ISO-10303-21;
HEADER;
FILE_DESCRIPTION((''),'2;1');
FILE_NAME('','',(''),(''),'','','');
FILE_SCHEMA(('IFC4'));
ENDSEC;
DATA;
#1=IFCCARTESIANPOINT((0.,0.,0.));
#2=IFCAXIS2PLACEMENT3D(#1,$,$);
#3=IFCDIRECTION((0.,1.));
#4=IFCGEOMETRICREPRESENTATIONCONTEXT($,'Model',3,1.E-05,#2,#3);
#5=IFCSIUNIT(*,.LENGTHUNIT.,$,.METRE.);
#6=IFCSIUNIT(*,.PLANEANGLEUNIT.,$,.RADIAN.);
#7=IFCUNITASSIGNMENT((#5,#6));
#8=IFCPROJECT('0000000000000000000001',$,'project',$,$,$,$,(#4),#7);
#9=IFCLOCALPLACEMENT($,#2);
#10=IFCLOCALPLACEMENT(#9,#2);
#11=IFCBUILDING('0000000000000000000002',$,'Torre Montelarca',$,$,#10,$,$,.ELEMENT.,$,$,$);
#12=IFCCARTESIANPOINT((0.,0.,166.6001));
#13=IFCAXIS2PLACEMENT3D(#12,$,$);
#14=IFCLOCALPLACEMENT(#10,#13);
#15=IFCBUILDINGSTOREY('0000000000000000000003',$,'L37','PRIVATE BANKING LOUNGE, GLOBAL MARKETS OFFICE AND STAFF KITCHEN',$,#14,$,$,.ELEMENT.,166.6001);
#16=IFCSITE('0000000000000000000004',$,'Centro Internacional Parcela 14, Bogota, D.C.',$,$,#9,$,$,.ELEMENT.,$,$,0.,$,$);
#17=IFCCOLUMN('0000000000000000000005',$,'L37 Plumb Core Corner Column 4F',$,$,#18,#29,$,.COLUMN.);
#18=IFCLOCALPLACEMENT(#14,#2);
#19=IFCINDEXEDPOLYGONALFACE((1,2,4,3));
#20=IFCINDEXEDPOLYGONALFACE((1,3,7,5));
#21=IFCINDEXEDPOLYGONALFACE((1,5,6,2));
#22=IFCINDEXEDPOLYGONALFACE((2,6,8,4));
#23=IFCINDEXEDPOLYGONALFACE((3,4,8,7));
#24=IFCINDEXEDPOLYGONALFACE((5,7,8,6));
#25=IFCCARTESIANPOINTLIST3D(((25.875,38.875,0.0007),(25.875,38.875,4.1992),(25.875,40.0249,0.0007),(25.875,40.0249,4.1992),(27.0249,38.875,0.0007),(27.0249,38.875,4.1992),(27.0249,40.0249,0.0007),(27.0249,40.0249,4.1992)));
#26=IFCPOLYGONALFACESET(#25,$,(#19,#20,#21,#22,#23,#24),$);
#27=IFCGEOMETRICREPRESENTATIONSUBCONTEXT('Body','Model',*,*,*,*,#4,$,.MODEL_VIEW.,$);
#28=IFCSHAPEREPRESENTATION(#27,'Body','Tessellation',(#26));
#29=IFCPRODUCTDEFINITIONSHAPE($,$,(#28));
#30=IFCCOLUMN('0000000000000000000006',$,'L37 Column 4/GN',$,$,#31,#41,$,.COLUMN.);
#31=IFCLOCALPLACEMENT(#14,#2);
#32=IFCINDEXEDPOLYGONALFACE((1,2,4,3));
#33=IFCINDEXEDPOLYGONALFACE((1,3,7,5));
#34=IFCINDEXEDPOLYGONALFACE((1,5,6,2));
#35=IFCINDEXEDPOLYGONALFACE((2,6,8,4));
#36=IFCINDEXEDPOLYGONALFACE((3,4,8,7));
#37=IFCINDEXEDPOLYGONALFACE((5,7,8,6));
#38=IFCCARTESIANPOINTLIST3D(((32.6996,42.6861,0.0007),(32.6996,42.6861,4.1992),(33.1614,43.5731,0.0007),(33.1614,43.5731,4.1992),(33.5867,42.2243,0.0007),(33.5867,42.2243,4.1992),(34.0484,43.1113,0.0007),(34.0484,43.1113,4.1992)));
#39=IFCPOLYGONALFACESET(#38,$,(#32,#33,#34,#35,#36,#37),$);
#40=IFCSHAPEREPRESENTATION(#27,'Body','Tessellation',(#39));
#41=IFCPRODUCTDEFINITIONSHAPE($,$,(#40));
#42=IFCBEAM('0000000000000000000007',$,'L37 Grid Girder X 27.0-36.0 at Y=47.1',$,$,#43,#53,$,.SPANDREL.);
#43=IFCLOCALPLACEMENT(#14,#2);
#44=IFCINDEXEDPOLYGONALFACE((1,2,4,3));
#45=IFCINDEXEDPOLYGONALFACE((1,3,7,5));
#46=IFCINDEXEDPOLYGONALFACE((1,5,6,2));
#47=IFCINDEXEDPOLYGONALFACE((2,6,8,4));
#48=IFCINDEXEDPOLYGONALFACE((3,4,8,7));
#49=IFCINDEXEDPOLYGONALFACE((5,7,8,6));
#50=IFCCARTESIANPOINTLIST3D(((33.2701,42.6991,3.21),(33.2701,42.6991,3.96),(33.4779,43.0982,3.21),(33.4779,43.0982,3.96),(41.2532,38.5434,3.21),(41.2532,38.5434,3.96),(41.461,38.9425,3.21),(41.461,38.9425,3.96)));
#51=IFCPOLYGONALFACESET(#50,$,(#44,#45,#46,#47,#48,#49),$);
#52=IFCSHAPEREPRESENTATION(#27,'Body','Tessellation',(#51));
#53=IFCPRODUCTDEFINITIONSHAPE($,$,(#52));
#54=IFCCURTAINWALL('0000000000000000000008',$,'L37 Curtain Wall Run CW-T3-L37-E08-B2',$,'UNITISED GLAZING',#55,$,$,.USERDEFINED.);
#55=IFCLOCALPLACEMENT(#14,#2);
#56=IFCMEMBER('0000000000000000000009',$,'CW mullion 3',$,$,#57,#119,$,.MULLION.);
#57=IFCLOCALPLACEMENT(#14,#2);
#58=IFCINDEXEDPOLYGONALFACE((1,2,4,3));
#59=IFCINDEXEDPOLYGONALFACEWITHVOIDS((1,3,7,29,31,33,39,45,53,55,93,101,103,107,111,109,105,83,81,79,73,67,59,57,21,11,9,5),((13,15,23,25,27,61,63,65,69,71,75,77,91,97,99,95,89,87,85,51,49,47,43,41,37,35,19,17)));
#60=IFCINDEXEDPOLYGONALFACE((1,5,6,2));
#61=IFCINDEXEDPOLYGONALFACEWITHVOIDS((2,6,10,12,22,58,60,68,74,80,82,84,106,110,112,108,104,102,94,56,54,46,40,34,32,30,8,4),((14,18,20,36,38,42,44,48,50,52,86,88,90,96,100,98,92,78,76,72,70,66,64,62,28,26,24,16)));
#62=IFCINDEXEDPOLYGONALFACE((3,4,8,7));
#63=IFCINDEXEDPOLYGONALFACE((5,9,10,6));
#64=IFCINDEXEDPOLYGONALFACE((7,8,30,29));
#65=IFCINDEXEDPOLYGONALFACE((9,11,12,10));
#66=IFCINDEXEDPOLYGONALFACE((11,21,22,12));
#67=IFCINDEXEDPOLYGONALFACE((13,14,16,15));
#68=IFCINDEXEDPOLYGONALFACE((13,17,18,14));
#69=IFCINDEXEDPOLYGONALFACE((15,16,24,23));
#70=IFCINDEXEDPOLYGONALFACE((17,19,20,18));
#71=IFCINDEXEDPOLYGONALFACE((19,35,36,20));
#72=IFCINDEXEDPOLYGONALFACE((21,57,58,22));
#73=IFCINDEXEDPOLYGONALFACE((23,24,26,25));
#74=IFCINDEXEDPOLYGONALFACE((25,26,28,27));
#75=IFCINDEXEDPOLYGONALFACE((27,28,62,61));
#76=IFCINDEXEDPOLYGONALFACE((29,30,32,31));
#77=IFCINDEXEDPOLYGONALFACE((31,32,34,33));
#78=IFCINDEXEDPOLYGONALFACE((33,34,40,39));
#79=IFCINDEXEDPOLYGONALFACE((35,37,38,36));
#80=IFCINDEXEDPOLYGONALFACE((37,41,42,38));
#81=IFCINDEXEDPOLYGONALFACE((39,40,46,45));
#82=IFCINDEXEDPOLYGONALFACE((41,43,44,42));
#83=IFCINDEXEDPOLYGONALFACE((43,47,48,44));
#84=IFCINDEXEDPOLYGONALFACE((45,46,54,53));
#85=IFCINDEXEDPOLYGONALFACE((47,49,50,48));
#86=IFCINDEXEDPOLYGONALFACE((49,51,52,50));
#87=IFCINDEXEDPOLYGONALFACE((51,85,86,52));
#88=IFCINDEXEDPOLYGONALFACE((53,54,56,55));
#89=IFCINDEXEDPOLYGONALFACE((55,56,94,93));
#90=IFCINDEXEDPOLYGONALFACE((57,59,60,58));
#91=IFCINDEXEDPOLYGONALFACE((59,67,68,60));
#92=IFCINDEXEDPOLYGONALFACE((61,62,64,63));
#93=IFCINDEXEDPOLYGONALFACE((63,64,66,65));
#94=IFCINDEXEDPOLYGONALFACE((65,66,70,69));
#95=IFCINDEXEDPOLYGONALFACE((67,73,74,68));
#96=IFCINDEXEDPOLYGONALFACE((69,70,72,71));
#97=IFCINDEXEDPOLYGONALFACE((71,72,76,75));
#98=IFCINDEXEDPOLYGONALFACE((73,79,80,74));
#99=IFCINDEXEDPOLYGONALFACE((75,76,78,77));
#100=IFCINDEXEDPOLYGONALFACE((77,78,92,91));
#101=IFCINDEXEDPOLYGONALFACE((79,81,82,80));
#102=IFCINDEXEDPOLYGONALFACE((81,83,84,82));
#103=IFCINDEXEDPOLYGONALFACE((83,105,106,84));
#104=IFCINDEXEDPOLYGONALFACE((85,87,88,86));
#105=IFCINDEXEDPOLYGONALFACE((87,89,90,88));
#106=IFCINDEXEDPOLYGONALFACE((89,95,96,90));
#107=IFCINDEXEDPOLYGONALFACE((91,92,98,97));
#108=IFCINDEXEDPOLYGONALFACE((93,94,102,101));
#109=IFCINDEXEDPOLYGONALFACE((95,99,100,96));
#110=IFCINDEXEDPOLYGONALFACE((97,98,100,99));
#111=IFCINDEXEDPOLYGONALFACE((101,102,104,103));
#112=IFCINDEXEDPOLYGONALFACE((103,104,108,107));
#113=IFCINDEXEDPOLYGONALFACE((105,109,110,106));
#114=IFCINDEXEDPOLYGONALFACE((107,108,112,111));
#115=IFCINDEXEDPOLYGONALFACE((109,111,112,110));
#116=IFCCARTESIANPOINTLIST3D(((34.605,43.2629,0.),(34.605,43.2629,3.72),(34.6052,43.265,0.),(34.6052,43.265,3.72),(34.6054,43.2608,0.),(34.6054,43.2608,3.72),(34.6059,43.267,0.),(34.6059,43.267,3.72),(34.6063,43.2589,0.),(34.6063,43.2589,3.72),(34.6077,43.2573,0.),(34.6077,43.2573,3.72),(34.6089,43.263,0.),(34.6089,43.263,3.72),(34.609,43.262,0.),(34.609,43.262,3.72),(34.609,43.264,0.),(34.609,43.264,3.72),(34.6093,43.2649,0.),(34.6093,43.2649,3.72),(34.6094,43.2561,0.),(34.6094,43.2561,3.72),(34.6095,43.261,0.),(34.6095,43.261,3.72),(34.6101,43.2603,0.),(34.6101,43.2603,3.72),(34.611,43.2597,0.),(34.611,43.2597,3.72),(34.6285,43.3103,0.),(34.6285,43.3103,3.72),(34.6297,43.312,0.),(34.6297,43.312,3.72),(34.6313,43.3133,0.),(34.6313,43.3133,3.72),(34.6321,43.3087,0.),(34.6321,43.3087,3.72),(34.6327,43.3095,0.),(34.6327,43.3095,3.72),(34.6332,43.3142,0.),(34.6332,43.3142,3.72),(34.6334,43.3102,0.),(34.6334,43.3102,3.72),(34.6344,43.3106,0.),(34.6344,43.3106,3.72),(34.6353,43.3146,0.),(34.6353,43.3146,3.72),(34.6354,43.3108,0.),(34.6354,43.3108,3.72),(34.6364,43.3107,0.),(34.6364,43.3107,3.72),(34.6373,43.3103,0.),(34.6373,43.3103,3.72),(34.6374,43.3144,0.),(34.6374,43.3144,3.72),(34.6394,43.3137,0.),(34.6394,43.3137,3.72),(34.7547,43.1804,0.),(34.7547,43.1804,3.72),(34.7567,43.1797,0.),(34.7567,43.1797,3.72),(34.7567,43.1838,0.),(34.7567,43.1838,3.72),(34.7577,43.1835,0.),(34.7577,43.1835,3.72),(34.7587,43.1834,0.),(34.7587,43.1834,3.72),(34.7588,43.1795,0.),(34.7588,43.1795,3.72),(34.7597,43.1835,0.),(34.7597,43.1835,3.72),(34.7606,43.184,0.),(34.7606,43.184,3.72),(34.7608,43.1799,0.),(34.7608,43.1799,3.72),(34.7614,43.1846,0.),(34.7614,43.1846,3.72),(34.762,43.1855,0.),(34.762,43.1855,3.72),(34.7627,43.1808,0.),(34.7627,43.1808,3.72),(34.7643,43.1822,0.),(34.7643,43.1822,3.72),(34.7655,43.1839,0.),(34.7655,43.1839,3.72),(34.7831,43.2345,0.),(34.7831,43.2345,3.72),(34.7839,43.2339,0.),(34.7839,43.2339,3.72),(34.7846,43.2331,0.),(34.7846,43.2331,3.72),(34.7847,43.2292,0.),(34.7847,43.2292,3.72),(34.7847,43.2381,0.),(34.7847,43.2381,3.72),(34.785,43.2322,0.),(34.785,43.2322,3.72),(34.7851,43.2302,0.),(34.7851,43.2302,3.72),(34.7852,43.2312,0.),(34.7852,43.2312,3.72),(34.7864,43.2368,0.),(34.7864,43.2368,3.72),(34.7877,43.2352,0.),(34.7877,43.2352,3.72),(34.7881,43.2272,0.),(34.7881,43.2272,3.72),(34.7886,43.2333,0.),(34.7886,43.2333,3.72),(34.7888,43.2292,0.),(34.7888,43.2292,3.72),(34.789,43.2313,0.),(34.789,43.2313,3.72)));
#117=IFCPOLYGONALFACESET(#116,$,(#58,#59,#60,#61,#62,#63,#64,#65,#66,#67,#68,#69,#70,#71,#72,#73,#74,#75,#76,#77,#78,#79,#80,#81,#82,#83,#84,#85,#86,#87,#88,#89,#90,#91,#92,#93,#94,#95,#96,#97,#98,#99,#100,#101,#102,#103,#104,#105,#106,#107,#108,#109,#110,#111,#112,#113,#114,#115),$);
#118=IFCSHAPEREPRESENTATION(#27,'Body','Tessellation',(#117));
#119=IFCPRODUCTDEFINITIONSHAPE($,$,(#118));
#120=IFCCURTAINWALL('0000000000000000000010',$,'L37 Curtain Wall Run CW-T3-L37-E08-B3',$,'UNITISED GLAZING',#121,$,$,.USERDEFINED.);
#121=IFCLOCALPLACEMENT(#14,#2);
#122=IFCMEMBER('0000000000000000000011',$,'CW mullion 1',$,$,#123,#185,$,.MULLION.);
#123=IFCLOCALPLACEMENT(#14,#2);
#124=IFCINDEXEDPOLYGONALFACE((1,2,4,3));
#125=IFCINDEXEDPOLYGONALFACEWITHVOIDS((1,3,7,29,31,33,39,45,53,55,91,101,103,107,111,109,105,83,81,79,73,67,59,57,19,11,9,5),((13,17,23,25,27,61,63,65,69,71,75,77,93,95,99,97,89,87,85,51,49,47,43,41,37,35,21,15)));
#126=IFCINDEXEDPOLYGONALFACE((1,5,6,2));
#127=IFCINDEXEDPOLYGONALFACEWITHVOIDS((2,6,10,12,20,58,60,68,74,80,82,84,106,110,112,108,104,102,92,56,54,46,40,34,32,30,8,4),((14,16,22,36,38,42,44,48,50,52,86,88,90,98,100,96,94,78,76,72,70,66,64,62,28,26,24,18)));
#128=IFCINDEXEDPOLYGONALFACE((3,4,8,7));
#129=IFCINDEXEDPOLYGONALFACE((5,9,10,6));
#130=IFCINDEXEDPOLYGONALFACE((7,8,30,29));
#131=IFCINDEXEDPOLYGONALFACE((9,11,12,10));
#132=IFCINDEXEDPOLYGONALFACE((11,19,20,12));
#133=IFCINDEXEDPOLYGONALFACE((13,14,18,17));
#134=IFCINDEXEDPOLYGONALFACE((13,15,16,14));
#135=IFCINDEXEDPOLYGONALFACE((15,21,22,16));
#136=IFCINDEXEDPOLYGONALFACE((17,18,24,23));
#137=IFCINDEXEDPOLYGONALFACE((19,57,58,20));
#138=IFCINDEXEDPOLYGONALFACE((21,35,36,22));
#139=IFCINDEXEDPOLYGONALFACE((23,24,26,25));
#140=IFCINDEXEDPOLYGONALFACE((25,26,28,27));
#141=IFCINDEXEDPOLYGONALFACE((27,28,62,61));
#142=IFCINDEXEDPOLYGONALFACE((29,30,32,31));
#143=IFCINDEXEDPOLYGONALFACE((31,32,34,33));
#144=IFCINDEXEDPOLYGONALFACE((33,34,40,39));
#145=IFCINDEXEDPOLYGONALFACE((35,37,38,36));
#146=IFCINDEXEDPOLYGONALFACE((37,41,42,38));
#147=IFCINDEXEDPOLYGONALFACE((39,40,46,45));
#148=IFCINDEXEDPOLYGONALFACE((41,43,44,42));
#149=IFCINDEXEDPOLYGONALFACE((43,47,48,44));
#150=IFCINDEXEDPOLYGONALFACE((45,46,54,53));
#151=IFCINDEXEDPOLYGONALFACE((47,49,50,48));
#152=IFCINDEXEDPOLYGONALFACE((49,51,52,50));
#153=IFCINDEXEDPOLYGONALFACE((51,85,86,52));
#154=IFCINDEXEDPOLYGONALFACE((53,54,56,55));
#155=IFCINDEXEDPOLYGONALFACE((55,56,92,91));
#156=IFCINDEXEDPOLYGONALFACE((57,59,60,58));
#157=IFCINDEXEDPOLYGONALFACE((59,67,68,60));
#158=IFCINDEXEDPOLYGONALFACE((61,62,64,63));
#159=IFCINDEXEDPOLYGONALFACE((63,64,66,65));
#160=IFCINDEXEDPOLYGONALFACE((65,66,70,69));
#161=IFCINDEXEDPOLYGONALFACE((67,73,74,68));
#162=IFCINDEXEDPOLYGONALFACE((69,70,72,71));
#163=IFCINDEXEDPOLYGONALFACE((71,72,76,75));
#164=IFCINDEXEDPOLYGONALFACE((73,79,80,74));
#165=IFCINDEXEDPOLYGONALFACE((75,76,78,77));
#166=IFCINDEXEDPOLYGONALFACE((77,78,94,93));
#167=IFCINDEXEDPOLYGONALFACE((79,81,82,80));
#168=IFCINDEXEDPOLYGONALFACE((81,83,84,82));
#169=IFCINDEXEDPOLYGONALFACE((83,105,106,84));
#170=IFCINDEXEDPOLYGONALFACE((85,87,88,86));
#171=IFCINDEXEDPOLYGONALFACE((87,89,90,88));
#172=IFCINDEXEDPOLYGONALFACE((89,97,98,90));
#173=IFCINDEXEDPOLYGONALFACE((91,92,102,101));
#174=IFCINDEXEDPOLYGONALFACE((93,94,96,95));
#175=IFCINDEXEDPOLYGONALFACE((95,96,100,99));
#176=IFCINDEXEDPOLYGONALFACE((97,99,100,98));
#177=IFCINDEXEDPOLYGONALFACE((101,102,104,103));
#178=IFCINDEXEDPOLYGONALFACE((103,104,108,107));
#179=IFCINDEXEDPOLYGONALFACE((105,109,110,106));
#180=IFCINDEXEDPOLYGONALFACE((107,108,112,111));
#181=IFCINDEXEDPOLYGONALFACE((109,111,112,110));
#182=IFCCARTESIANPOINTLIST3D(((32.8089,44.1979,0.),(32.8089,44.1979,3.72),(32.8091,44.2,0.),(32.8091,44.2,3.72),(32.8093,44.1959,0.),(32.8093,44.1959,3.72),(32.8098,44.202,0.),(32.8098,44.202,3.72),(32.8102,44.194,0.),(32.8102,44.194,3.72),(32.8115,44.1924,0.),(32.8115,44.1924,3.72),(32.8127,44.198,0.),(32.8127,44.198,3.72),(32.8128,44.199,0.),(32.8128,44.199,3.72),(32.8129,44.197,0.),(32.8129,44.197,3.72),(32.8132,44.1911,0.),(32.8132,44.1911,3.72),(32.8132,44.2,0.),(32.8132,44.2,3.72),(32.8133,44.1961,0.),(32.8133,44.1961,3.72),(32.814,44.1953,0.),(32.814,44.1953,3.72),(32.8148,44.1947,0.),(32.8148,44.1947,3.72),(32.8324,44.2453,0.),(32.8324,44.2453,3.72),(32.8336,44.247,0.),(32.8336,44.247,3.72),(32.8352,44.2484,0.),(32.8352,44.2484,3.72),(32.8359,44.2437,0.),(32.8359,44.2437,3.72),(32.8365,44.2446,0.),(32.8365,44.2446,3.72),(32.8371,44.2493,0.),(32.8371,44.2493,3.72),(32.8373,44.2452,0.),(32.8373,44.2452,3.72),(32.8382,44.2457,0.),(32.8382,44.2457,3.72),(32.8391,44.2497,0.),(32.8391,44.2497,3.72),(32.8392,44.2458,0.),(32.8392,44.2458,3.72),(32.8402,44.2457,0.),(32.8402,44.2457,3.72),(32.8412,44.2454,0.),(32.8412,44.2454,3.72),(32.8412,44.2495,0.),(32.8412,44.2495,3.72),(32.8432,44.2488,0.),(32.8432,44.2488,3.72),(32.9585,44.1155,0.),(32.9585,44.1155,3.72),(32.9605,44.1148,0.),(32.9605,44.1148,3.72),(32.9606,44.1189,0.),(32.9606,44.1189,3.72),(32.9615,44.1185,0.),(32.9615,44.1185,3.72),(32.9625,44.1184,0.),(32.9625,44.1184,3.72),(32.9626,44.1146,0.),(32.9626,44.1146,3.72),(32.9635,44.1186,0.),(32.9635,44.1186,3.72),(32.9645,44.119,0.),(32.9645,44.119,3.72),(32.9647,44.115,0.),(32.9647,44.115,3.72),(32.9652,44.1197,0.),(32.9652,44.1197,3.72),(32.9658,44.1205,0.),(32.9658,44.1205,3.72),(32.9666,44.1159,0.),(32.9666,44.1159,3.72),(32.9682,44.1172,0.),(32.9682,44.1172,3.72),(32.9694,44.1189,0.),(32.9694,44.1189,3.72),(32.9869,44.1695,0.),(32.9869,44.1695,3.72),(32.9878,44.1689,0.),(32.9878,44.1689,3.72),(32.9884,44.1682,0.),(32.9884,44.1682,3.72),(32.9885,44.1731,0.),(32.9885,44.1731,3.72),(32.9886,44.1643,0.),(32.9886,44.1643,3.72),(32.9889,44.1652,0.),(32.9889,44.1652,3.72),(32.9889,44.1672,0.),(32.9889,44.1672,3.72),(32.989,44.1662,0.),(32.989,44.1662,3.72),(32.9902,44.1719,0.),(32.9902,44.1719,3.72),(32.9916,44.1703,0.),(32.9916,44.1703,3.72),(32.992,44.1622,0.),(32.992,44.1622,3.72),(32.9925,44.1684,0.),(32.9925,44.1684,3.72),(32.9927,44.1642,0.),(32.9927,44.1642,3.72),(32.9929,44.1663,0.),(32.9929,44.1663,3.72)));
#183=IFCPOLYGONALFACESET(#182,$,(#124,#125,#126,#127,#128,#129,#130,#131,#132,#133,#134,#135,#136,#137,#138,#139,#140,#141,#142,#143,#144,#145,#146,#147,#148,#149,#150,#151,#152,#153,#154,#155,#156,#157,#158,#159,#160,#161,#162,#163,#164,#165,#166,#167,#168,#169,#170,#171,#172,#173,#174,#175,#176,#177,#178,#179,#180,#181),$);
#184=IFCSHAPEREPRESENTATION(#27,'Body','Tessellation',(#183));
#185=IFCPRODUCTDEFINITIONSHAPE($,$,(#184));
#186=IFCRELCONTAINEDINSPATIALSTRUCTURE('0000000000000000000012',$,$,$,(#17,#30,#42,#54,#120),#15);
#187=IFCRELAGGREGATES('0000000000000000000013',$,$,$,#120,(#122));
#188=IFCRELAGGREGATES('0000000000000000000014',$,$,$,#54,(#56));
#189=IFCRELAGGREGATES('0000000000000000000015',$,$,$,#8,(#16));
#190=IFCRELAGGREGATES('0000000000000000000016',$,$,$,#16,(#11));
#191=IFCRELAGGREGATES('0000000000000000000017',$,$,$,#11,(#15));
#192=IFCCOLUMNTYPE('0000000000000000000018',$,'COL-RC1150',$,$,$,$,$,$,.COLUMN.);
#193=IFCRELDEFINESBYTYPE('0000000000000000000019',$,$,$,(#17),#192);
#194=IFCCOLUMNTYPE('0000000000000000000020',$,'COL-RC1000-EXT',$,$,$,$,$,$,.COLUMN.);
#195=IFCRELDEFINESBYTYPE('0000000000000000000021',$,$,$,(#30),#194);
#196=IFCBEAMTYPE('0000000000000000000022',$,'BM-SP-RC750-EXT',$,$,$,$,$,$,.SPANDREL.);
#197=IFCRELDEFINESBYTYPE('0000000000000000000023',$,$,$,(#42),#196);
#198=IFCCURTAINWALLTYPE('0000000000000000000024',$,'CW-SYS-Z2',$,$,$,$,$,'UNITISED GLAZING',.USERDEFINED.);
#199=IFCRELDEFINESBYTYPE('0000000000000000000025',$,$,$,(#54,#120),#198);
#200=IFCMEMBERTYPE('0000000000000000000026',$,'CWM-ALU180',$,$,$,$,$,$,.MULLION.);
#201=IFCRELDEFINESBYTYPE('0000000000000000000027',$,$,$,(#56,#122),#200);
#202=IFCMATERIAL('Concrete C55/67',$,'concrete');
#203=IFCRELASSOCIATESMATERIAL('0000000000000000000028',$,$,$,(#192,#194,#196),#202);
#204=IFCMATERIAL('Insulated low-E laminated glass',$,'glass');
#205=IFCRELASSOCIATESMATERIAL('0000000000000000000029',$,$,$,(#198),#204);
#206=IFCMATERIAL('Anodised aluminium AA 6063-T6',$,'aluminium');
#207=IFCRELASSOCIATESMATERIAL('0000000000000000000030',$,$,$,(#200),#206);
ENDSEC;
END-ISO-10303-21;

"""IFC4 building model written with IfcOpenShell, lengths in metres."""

from ifc_helpers import new_model, si_unit, direction, frame, origin, origin_2d, place, context, subcontext, project, spatial, rectangle, hollow_rectangle, extrude, source, transform, mapped, material, material_profile, profile_set, type_object, element, aggregate, save


model = new_model("IFC4")

# Units and contexts
model_context = context("Model", 3, precision=1e-05, world=origin(), true_north=direction((0.0, 1.0)))
body_context = subcontext(model_context, "Body", "Model", "MODEL_VIEW")
ifc_project = project(units=[si_unit("LENGTHUNIT", "METRE"), si_unit("PLANEANGLEUNIT", "RADIAN")], contexts=[model_context])

# Site, building, storey
site_placement = place(None, origin())
site = spatial("IfcSite", under=ifc_project, at=site_placement, Name="Centro Internacional Parcela 14, Bogota, D.C.", CompositionType="ELEMENT", RefElevation=0.0)
building_placement = place(site_placement, origin())
building = spatial("IfcBuilding", under=site, at=building_placement, Name="Torre Montelarca", CompositionType="ELEMENT")
storey_placement = place(building_placement, frame((0.0, 0.0, 166.6001)))
storey = spatial("IfcBuildingStorey", under=building, at=storey_placement, Name="L37", Description="PRIVATE BANKING LOUNGE, GLOBAL MARKETS OFFICE AND STAFF KITCHEN", CompositionType="ELEMENT", Elevation=166.6001)

# Columns
ifc_material_1 = material(Name="Concrete C55/67", Category="concrete")
ifc_material_profile_1 = material_profile(ifc_material_1, rectangle(XDim=1.1499, YDim=1.1499, at=origin_2d()), Name="RC1150X1150", Category="concrete")
ifc_profile_set_1 = profile_set([ifc_material_profile_1], Name="Concrete C55/67")
column_type_1 = type_object("IfcColumnType", Name="COL-RC1150", PredefinedType="COLUMN", material=ifc_profile_set_1)
shared_shape_1 = source(origin(), body_context, "Body", "SweptSolid", [
    extrude(rectangle(XDim=1.1499, YDim=1.1499, at=origin_2d()), origin(), (0.0, 0.0, 1.0), 4.1985),
])
column_1_placement = place(storey_placement, frame((26.45, 39.45, 0.0007), z_axis=(0.0, 0.0, 1.0), x_axis=(1.0, 0.0, 0.0)))
element("IfcColumn", 1, at=column_1_placement, inside=storey, type_object=column_type_1, Name="L37 Plumb Core Corner Column 4F", PredefinedType="COLUMN", context=body_context, shape_type="MappedRepresentation", body=[
    mapped(shared_shape_1, transform((0.0, 0.0, 0.0), scale=1.0)),
])
ifc_material_profile_2 = material_profile(ifc_material_1, rectangle(XDim=1.0, YDim=1.0, at=origin_2d()), Name="RC1000X1000", Category="concrete")
ifc_profile_set_2 = profile_set([ifc_material_profile_2], Name="Concrete C55/67")
column_type_2 = type_object("IfcColumnType", Name="COL-RC1000-EXT", PredefinedType="COLUMN", material=ifc_profile_set_2)
shared_shape_2 = source(origin(), body_context, "Body", "SweptSolid", [
    extrude(rectangle(XDim=1.0, YDim=1.0, at=origin_2d()), origin(), (0.0, 0.0, 1.0), 4.1985),
])
column_2_placement = place(storey_placement, frame((33.374, 42.8987, 0.0007), z_axis=(0.0, 0.0, 1.0), x_axis=(-0.887011, 0.461749, 0.0)))
element("IfcColumn", 2, at=column_2_placement, inside=storey, type_object=column_type_2, Name="L37 Column 4/GN", PredefinedType="COLUMN", context=body_context, shape_type="MappedRepresentation", body=[
    mapped(shared_shape_2, transform((0.0, 0.0, 0.0), scale=1.0)),
])

# Beam
ifc_material_profile_3 = material_profile(ifc_material_1, rectangle(XDim=0.45, YDim=0.75, at=origin_2d()), Name="RCB450X750", Category="concrete")
ifc_profile_set_3 = profile_set([ifc_material_profile_3], Name="Concrete C55/67")
beam_type = type_object("IfcBeamType", Name="BM-SP-RC750-EXT", PredefinedType="SPANDREL", material=ifc_profile_set_3)
shared_shape_3 = source(origin(), body_context, "Body", "SweptSolid", [
    extrude(rectangle(XDim=0.45, YDim=0.75, at=origin_2d()), origin(), (0.0, 0.0, 1.0), 9.0),
])
beam_placement = place(storey_placement, frame((33.374, 42.8987, 3.585), z_axis=(0.887011, -0.461748, 0.0), x_axis=(0.461748, 0.887011, 0.0)))
element("IfcBeam", 3, at=beam_placement, inside=storey, type_object=beam_type, Name="L37 Grid Girder X 27.0-36.0 at Y=47.1", PredefinedType="SPANDREL", context=body_context, shape_type="MappedRepresentation", body=[
    mapped(shared_shape_3, transform((0.0, 0.0, 0.0), scale=1.0)),
])

# Curtain walls, members
ifc_material_2 = material(Name="Insulated low-E laminated glass", Category="glass")
curtain_wall_type = type_object("IfcCurtainWallType", Name="CW-SYS-Z2", ElementType="UNITISED GLAZING", PredefinedType="USERDEFINED", material=ifc_material_2)
curtain_wall_1_placement = place(storey_placement, origin())
curtain_wall_1 = element("IfcCurtainWall", 4, at=curtain_wall_1_placement, inside=storey, type_object=curtain_wall_type, Name="L37 Curtain Wall Run CW-T3-L37-E08-B2", ObjectType="UNITISED GLAZING", PredefinedType="USERDEFINED")
ifc_material_3 = material(Name="Anodised aluminium AA 6063-T6", Category="aluminium")
ifc_material_profile_4 = material_profile(ifc_material_3, hollow_rectangle(XDim=0.0649, YDim=0.1799, WallThickness=0.0039, InnerFilletRadius=0.0039, OuterFilletRadius=0.0081, at=origin_2d()), Name="ALU65X180X4", Category="aluminium")
ifc_profile_set_4 = profile_set([ifc_material_profile_4], Name="Anodised aluminium AA 6063-T6")
member_type_1 = type_object("IfcMemberType", Name="CWM-ALU180", PredefinedType="MULLION", material=ifc_profile_set_4)
shared_shape_4 = source(origin(), body_context, "Body", "SweptSolid", [
    extrude(hollow_rectangle(XDim=0.0649, YDim=0.1799, WallThickness=0.0039, InnerFilletRadius=0.0039, OuterFilletRadius=0.0081, at=origin_2d()), origin(), (0.0, 0.0, 1.0), 3.72),
])
member_1_placement = place(storey_placement, frame((34.697, 43.2471, 0.0), z_axis=(0.0, 0.0, 1.0), x_axis=(-0.461745, -0.887013, 0.0)))
member_1 = element("IfcMember", 5, at=member_1_placement, type_object=member_type_1, Name="CW mullion 3", PredefinedType="MULLION", context=body_context, shape_type="MappedRepresentation", body=[
    mapped(shared_shape_4, transform((0.0, 0.0, 0.0), scale=1.0)),
])
curtain_wall_2_placement = place(storey_placement, origin())
curtain_wall_2 = element("IfcCurtainWall", 6, at=curtain_wall_2_placement, inside=storey, type_object=curtain_wall_type, Name="L37 Curtain Wall Run CW-T3-L37-E08-B3", ObjectType="UNITISED GLAZING", PredefinedType="USERDEFINED")
member_2_placement = place(storey_placement, frame((32.9009, 44.1821, 0.0), z_axis=(0.0, 0.0, 1.0), x_axis=(-0.461751, -0.88701, 0.0)))
member_2 = element("IfcMember", 7, at=member_2_placement, type_object=member_type_1, Name="CW mullion 1", PredefinedType="MULLION", context=body_context, shape_type="MappedRepresentation", body=[
    mapped(shared_shape_4, transform((0.0, 0.0, 0.0), scale=1.0)),
])
aggregate(curtain_wall_2, [member_2])

aggregate(curtain_wall_1, [member_1])

save(model, "model.ifc")
